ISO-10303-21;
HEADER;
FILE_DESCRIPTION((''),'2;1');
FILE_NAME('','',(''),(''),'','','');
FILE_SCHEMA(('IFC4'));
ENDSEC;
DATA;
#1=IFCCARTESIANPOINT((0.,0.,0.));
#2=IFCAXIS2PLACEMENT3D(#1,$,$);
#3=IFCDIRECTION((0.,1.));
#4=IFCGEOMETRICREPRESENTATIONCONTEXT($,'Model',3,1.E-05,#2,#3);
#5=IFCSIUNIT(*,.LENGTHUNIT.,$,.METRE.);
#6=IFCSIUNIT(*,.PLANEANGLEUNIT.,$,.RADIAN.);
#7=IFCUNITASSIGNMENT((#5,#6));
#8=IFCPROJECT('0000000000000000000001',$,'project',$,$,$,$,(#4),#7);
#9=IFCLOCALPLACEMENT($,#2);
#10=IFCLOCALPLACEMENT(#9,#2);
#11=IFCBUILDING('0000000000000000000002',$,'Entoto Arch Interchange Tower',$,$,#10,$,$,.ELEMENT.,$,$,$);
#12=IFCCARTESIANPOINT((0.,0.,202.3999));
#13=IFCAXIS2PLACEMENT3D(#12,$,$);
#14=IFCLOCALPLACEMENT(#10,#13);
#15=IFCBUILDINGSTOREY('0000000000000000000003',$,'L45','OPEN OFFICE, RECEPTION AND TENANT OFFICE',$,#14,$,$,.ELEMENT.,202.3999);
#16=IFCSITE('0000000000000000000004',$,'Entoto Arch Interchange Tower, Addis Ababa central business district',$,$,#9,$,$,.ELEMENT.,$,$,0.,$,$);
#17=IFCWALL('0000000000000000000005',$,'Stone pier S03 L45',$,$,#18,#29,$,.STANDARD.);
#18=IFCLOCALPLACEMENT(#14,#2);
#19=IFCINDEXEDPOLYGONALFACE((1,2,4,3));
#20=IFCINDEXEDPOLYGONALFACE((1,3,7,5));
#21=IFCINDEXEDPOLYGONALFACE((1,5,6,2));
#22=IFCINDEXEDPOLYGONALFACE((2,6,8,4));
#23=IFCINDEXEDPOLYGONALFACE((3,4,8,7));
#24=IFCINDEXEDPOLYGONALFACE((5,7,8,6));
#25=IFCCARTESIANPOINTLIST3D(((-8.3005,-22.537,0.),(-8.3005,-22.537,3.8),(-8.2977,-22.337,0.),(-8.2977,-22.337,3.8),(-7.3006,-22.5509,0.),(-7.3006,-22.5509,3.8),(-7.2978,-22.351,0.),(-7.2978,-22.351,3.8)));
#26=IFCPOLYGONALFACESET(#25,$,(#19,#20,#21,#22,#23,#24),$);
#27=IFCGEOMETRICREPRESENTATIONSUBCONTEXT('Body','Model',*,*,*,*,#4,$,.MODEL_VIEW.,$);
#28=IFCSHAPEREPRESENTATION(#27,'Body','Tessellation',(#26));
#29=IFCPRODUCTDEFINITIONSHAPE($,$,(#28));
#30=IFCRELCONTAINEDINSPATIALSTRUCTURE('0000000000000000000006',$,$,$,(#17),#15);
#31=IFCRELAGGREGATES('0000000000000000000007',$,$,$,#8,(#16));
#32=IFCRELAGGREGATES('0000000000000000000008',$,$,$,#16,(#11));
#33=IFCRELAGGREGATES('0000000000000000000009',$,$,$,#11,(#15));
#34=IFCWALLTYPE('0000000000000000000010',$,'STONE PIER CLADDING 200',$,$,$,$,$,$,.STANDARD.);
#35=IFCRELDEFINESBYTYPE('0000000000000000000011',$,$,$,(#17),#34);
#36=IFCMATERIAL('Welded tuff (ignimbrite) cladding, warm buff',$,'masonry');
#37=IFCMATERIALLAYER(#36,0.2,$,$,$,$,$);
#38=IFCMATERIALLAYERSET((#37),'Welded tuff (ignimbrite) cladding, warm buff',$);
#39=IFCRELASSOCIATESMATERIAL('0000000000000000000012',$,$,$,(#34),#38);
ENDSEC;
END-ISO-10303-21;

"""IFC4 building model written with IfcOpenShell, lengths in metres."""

from ifc_helpers import new_model, si_unit, direction, frame, frame_2d, origin, place, context, subcontext, project, spatial, rectangle, extrude, material, layer, layer_set, type_object, element, save


model = new_model("IFC4")

# Units and contexts
model_context = context("Model", 3, precision=1e-05, world=origin(), true_north=direction((0.0, 1.0)))
body_context = subcontext(model_context, "Body", "Model", "MODEL_VIEW")
ifc_project = project(units=[si_unit("LENGTHUNIT", "METRE"), si_unit("PLANEANGLEUNIT", "RADIAN")], contexts=[model_context])

# Site, building, storey
site_placement = place(None, origin())
site = spatial("IfcSite", under=ifc_project, at=site_placement, Name="Entoto Arch Interchange Tower, Addis Ababa central business district", CompositionType="ELEMENT", RefElevation=0.0)
building_placement = place(site_placement, origin())
building = spatial("IfcBuilding", under=site, at=building_placement, Name="Entoto Arch Interchange Tower", CompositionType="ELEMENT")
storey_placement = place(building_placement, frame((0.0, 0.0, 202.3999)))
storey = spatial("IfcBuildingStorey", under=building, at=storey_placement, Name="L45", Description="OPEN OFFICE, RECEPTION AND TENANT OFFICE", CompositionType="ELEMENT", Elevation=202.3999)

# Shared definitions
ifc_material_1 = material(Name="Welded tuff (ignimbrite) cladding, warm buff", Category="masonry")

# Wall
ifc_layer_1 = layer(ifc_material_1, 0.2)
ifc_layer_set_1 = layer_set([ifc_layer_1], Name="Welded tuff (ignimbrite) cladding, warm buff")
wall_type_1 = type_object("IfcWallType", Name="STONE PIER CLADDING 200", PredefinedType="STANDARD", material=ifc_layer_set_1)
wall_1_placement = place(storey_placement, frame((-8.2991, -22.437, 0.0), z_axis=(0.0, 0.0, 1.0), x_axis=(0.999903, -0.013915, 0.0)))
element("IfcWall", 1, at=wall_1_placement, inside=storey, type_object=wall_type_1, Name="Stone pier S03 L45", PredefinedType="STANDARD", context=body_context, shape_type="SweptSolid", body=[
    extrude(rectangle(XDim=1.0, YDim=0.2, at=frame_2d((0.5, 0.0))), origin(), (0.0, 0.0, 1.0), 3.8),
])

save(model, "model.ifc")
